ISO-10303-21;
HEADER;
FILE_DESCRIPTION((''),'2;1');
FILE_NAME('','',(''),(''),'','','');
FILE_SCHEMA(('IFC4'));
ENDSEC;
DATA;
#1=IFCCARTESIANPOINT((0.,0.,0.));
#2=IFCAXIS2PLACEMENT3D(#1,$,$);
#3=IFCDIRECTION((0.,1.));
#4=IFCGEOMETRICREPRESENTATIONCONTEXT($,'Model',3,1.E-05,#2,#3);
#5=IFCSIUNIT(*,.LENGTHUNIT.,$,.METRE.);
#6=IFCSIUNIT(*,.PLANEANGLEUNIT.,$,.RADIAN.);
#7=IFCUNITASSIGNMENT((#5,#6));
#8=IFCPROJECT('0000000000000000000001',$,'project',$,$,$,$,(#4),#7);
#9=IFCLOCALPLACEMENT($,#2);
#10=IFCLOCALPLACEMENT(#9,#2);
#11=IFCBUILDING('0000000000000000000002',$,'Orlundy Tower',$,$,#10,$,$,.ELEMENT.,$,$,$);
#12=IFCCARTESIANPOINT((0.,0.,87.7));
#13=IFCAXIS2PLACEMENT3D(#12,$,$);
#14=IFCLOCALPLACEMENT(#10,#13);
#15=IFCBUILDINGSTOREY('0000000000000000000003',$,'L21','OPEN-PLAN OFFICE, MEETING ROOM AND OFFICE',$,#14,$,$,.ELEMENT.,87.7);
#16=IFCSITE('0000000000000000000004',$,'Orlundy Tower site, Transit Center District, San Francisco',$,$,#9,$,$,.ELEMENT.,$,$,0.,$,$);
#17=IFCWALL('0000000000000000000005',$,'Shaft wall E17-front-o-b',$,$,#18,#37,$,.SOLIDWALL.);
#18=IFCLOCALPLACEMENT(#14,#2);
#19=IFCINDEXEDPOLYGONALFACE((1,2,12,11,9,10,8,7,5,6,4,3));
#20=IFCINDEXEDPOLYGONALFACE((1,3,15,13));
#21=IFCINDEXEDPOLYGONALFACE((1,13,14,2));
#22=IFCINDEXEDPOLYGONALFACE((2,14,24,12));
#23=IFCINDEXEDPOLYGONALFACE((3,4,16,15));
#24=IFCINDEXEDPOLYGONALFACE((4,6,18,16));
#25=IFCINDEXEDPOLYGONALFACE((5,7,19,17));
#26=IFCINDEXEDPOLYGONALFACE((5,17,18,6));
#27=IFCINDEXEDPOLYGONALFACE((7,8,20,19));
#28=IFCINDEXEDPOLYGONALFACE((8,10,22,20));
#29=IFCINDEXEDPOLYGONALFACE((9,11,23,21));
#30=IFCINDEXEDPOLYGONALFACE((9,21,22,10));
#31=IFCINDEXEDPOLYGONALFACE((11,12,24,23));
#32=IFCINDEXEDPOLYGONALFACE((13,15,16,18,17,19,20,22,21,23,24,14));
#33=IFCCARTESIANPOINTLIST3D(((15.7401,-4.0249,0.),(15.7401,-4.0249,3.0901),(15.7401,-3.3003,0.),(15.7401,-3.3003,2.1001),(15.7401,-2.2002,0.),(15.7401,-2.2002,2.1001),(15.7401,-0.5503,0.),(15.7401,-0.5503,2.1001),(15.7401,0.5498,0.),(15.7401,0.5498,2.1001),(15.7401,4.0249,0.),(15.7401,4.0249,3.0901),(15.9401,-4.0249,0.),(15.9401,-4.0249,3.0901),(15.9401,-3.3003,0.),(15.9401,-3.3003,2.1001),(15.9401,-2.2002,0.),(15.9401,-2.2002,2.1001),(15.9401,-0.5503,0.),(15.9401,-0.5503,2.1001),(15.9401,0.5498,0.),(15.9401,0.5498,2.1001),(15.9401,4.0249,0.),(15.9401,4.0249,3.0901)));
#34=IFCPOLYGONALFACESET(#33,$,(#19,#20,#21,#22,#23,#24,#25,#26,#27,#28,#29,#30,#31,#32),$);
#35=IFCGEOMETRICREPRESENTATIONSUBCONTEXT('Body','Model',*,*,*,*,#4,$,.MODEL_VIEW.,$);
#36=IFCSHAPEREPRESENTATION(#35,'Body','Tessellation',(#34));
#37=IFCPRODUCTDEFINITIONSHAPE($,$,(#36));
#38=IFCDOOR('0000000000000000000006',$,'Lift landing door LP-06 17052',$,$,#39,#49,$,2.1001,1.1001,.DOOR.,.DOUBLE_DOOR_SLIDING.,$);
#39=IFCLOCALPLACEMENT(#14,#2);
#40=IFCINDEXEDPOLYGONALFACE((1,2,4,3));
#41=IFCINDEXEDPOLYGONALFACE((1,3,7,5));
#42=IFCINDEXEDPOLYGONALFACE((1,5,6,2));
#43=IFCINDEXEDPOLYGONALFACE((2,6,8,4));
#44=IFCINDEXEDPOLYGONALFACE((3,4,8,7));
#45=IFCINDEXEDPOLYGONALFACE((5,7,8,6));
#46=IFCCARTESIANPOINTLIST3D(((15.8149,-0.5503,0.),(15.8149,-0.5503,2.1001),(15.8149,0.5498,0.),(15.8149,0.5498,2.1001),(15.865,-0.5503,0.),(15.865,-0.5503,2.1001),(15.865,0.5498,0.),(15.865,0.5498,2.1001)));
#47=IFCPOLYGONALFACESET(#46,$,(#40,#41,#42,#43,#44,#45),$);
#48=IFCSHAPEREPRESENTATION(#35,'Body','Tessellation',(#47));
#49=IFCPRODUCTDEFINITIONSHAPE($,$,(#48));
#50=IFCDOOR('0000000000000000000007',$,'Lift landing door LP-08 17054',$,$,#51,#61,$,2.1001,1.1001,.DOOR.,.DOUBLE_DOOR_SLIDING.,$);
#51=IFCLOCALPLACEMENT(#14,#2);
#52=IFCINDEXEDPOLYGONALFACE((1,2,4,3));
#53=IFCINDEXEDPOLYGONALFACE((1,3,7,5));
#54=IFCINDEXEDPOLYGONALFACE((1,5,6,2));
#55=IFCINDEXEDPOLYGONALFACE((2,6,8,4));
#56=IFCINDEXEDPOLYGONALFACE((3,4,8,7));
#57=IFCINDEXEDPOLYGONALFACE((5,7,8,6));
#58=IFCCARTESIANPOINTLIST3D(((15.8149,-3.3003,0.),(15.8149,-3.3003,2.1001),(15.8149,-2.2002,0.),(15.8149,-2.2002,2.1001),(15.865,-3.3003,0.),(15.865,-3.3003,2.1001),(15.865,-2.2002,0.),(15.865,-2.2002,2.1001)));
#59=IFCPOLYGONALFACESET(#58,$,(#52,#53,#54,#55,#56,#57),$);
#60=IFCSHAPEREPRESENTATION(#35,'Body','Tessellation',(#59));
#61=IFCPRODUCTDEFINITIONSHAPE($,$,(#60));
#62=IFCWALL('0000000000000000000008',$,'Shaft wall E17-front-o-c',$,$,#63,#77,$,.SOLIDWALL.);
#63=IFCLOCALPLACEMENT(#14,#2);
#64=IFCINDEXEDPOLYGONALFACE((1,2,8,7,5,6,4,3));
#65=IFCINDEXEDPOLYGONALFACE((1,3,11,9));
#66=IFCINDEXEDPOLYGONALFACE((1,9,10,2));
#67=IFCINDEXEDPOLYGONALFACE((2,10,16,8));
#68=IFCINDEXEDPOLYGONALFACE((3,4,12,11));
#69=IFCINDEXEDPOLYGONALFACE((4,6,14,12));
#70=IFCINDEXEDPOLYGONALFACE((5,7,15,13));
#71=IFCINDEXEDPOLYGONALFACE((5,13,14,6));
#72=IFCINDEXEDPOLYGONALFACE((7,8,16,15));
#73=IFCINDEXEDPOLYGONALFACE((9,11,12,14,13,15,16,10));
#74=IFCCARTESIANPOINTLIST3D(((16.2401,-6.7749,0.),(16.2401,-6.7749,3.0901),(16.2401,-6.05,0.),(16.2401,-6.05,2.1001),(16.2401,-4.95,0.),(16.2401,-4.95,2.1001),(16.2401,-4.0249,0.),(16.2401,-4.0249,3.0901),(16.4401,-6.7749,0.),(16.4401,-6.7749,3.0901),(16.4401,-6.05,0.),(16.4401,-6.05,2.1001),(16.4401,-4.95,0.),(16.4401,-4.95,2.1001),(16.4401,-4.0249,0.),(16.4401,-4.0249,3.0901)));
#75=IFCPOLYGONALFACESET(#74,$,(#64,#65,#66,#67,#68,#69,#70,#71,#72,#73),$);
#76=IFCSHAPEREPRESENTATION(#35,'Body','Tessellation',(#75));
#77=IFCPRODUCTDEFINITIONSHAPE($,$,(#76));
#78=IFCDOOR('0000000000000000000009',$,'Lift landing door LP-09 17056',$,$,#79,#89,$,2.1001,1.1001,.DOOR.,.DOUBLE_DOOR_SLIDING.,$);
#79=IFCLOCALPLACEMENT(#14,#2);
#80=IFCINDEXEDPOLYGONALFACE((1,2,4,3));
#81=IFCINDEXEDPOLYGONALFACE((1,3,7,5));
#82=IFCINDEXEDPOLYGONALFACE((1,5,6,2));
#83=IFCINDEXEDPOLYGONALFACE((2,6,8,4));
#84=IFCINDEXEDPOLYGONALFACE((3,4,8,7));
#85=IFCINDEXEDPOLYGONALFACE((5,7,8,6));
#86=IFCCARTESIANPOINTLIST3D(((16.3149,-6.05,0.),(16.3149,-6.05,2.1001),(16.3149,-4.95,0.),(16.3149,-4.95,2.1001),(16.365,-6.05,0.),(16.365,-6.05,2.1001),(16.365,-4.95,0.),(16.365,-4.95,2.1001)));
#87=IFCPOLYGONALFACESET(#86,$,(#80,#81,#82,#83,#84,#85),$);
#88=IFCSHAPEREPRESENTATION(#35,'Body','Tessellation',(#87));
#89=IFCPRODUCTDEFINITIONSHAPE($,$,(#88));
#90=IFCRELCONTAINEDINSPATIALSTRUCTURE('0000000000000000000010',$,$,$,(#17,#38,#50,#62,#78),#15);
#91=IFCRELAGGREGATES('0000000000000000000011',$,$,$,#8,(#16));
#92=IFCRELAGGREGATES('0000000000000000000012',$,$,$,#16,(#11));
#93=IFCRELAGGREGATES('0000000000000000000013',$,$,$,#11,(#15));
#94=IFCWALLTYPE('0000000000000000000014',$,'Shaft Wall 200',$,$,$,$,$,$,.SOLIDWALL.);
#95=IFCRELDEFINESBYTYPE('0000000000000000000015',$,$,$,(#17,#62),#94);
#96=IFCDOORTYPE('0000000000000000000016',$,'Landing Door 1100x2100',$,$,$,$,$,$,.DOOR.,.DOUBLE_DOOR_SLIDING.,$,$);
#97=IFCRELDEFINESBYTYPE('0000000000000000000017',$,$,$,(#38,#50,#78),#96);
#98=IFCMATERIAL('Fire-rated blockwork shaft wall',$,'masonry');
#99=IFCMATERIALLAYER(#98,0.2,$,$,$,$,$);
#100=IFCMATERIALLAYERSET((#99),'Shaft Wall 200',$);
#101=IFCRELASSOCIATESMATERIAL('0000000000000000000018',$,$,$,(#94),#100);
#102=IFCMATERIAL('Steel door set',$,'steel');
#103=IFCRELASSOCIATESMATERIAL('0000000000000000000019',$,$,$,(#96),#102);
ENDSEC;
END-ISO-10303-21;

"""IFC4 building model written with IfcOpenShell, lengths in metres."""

from ifc_helpers import new_model, si_unit, direction, frame, frame_2d, origin, place, context, subcontext, project, spatial, rectangle, extrude, material, layer, layer_set, type_object, element, fill, save


model = new_model("IFC4")

# Units and contexts
model_context = context("Model", 3, precision=1e-05, world=origin(), true_north=direction((0.0, 1.0)))
body_context = subcontext(model_context, "Body", "Model", "MODEL_VIEW")
ifc_project = project(units=[si_unit("LENGTHUNIT", "METRE"), si_unit("PLANEANGLEUNIT", "RADIAN")], contexts=[model_context])

# Site, building, storey
site_placement = place(None, origin())
site = spatial("IfcSite", under=ifc_project, at=site_placement, Name="Orlundy Tower site, Transit Center District, San Francisco", CompositionType="ELEMENT", RefElevation=0.0)
building_placement = place(site_placement, origin())
building = spatial("IfcBuilding", under=site, at=building_placement, Name="Orlundy Tower", CompositionType="ELEMENT")
storey_placement = place(building_placement, frame((0.0, 0.0, 87.7)))
storey = spatial("IfcBuildingStorey", under=building, at=storey_placement, Name="L21", Description="OPEN-PLAN OFFICE, MEETING ROOM AND OFFICE", CompositionType="ELEMENT", Elevation=87.7)

# Shared definitions
ifc_material_1 = material(Name="Fire-rated blockwork shaft wall", Category="masonry")
ifc_layer = layer(ifc_material_1, 0.2)
ifc_layer_set = layer_set([ifc_layer], Name="Shaft Wall 200")
wall_type = type_object("IfcWallType", Name="Shaft Wall 200", PredefinedType="SOLIDWALL", material=ifc_layer_set)

# Shared definitions
ifc_material_2 = material(Name="Steel door set", Category="steel")
door_type = type_object("IfcDoorType", Name="Landing Door 1100x2100", OperationType="DOUBLE_DOOR_SLIDING", PredefinedType="DOOR", material=ifc_material_2)

# Wall, openings, doors
wall_1_placement = place(storey_placement, frame((15.8401, 4.0249, 0.0), z_axis=(0.0, 0.0, 1.0), x_axis=(0.0, -1.0, 0.0)))
wall_1 = element("IfcWall", 1, at=wall_1_placement, inside=storey, type_object=wall_type, Name="Shaft wall E17-front-o-b", PredefinedType="SOLIDWALL", context=body_context, shape_type="SweptSolid", body=[
    extrude(rectangle(XDim=8.0498, YDim=0.2, at=frame_2d((4.0249, 0.0))), origin(), (0.0, 0.0, 1.0), 3.0901),
])
opening_1_placement = place(wall_1_placement, frame((3.4751, 0.0, 0.0)))
opening_1 = element("IfcOpeningElement", 2, at=opening_1_placement, cuts=wall_1, PredefinedType="OPENING", context=body_context, shape_type="SweptSolid", body=[
    extrude(rectangle(XDim=1.1001, YDim=2.1001, at=frame_2d((0.55, 1.05))), frame((0.0, 0.1101, 0.0), z_axis=(0.0, -1.0, 0.0), x_axis=(1.0, 0.0, 0.0)), (0.0, 0.0, 1.0), 0.2202),
])
opening_2_placement = place(wall_1_placement, frame((6.2251, 0.0, 0.0)))
opening_2 = element("IfcOpeningElement", 3, at=opening_2_placement, cuts=wall_1, PredefinedType="OPENING", context=body_context, shape_type="SweptSolid", body=[
    extrude(rectangle(XDim=1.1001, YDim=2.1001, at=frame_2d((0.55, 1.05))), frame((0.0, 0.1101, 0.0), z_axis=(0.0, -1.0, 0.0), x_axis=(1.0, 0.0, 0.0)), (0.0, 0.0, 1.0), 0.2202),
])
door_1_placement = place(opening_1_placement, origin())
door_1 = element("IfcDoor", 4, at=door_1_placement, inside=storey, type_object=door_type, Name="Lift landing door LP-06 17052", OperationType="DOUBLE_DOOR_SLIDING", OverallHeight=2.1001, OverallWidth=1.1001, PredefinedType="DOOR", context=body_context, shape_type="SweptSolid", body=[
    extrude(rectangle(XDim=1.1001, YDim=2.1001, at=frame_2d((0.55, 1.05))), frame((0.0, 0.0249, 0.0), z_axis=(0.0, -1.0, 0.0), x_axis=(1.0, 0.0, 0.0)), (0.0, 0.0, 1.0), 0.05),
])
fill(opening_1, door_1)
door_2_placement = place(opening_2_placement, origin())
door_2 = element("IfcDoor", 5, at=door_2_placement, inside=storey, type_object=door_type, Name="Lift landing door LP-08 17054", OperationType="DOUBLE_DOOR_SLIDING", OverallHeight=2.1001, OverallWidth=1.1001, PredefinedType="DOOR", context=body_context, shape_type="SweptSolid", body=[
    extrude(rectangle(XDim=1.1001, YDim=2.1001, at=frame_2d((0.55, 1.05))), frame((0.0, 0.0249, 0.0), z_axis=(0.0, -1.0, 0.0), x_axis=(1.0, 0.0, 0.0)), (0.0, 0.0, 1.0), 0.05),
])
fill(opening_2, door_2)

# Wall, opening, door
wall_2_placement = place(storey_placement, frame((16.3401, -4.0249, 0.0), z_axis=(0.0, 0.0, 1.0), x_axis=(0.0, -1.0, 0.0)))
wall_2 = element("IfcWall", 6, at=wall_2_placement, inside=storey, type_object=wall_type, Name="Shaft wall E17-front-o-c", PredefinedType="SOLIDWALL", context=body_context, shape_type="SweptSolid", body=[
    extrude(rectangle(XDim=2.75, YDim=0.2, at=frame_2d((1.375, 0.0))), origin(), (0.0, 0.0, 1.0), 3.0901),
])
opening_3_placement = place(wall_2_placement, frame((0.925, 0.0, 0.0)))
opening_3 = element("IfcOpeningElement", 7, at=opening_3_placement, cuts=wall_2, PredefinedType="OPENING", context=body_context, shape_type="SweptSolid", body=[
    extrude(rectangle(XDim=1.1001, YDim=2.1001, at=frame_2d((0.55, 1.05))), frame((0.0, 0.1101, 0.0), z_axis=(0.0, -1.0, 0.0), x_axis=(1.0, 0.0, 0.0)), (0.0, 0.0, 1.0), 0.2202),
])
door_3_placement = place(opening_3_placement, origin())
door_3 = element("IfcDoor", 8, at=door_3_placement, inside=storey, type_object=door_type, Name="Lift landing door LP-09 17056", OperationType="DOUBLE_DOOR_SLIDING", OverallHeight=2.1001, OverallWidth=1.1001, PredefinedType="DOOR", context=body_context, shape_type="SweptSolid", body=[
    extrude(rectangle(XDim=1.1001, YDim=2.1001, at=frame_2d((0.55, 1.05))), frame((0.0, 0.0249, 0.0), z_axis=(0.0, -1.0, 0.0), x_axis=(1.0, 0.0, 0.0)), (0.0, 0.0, 1.0), 0.05),
])
fill(opening_3, door_3)

save(model, "model.ifc")
